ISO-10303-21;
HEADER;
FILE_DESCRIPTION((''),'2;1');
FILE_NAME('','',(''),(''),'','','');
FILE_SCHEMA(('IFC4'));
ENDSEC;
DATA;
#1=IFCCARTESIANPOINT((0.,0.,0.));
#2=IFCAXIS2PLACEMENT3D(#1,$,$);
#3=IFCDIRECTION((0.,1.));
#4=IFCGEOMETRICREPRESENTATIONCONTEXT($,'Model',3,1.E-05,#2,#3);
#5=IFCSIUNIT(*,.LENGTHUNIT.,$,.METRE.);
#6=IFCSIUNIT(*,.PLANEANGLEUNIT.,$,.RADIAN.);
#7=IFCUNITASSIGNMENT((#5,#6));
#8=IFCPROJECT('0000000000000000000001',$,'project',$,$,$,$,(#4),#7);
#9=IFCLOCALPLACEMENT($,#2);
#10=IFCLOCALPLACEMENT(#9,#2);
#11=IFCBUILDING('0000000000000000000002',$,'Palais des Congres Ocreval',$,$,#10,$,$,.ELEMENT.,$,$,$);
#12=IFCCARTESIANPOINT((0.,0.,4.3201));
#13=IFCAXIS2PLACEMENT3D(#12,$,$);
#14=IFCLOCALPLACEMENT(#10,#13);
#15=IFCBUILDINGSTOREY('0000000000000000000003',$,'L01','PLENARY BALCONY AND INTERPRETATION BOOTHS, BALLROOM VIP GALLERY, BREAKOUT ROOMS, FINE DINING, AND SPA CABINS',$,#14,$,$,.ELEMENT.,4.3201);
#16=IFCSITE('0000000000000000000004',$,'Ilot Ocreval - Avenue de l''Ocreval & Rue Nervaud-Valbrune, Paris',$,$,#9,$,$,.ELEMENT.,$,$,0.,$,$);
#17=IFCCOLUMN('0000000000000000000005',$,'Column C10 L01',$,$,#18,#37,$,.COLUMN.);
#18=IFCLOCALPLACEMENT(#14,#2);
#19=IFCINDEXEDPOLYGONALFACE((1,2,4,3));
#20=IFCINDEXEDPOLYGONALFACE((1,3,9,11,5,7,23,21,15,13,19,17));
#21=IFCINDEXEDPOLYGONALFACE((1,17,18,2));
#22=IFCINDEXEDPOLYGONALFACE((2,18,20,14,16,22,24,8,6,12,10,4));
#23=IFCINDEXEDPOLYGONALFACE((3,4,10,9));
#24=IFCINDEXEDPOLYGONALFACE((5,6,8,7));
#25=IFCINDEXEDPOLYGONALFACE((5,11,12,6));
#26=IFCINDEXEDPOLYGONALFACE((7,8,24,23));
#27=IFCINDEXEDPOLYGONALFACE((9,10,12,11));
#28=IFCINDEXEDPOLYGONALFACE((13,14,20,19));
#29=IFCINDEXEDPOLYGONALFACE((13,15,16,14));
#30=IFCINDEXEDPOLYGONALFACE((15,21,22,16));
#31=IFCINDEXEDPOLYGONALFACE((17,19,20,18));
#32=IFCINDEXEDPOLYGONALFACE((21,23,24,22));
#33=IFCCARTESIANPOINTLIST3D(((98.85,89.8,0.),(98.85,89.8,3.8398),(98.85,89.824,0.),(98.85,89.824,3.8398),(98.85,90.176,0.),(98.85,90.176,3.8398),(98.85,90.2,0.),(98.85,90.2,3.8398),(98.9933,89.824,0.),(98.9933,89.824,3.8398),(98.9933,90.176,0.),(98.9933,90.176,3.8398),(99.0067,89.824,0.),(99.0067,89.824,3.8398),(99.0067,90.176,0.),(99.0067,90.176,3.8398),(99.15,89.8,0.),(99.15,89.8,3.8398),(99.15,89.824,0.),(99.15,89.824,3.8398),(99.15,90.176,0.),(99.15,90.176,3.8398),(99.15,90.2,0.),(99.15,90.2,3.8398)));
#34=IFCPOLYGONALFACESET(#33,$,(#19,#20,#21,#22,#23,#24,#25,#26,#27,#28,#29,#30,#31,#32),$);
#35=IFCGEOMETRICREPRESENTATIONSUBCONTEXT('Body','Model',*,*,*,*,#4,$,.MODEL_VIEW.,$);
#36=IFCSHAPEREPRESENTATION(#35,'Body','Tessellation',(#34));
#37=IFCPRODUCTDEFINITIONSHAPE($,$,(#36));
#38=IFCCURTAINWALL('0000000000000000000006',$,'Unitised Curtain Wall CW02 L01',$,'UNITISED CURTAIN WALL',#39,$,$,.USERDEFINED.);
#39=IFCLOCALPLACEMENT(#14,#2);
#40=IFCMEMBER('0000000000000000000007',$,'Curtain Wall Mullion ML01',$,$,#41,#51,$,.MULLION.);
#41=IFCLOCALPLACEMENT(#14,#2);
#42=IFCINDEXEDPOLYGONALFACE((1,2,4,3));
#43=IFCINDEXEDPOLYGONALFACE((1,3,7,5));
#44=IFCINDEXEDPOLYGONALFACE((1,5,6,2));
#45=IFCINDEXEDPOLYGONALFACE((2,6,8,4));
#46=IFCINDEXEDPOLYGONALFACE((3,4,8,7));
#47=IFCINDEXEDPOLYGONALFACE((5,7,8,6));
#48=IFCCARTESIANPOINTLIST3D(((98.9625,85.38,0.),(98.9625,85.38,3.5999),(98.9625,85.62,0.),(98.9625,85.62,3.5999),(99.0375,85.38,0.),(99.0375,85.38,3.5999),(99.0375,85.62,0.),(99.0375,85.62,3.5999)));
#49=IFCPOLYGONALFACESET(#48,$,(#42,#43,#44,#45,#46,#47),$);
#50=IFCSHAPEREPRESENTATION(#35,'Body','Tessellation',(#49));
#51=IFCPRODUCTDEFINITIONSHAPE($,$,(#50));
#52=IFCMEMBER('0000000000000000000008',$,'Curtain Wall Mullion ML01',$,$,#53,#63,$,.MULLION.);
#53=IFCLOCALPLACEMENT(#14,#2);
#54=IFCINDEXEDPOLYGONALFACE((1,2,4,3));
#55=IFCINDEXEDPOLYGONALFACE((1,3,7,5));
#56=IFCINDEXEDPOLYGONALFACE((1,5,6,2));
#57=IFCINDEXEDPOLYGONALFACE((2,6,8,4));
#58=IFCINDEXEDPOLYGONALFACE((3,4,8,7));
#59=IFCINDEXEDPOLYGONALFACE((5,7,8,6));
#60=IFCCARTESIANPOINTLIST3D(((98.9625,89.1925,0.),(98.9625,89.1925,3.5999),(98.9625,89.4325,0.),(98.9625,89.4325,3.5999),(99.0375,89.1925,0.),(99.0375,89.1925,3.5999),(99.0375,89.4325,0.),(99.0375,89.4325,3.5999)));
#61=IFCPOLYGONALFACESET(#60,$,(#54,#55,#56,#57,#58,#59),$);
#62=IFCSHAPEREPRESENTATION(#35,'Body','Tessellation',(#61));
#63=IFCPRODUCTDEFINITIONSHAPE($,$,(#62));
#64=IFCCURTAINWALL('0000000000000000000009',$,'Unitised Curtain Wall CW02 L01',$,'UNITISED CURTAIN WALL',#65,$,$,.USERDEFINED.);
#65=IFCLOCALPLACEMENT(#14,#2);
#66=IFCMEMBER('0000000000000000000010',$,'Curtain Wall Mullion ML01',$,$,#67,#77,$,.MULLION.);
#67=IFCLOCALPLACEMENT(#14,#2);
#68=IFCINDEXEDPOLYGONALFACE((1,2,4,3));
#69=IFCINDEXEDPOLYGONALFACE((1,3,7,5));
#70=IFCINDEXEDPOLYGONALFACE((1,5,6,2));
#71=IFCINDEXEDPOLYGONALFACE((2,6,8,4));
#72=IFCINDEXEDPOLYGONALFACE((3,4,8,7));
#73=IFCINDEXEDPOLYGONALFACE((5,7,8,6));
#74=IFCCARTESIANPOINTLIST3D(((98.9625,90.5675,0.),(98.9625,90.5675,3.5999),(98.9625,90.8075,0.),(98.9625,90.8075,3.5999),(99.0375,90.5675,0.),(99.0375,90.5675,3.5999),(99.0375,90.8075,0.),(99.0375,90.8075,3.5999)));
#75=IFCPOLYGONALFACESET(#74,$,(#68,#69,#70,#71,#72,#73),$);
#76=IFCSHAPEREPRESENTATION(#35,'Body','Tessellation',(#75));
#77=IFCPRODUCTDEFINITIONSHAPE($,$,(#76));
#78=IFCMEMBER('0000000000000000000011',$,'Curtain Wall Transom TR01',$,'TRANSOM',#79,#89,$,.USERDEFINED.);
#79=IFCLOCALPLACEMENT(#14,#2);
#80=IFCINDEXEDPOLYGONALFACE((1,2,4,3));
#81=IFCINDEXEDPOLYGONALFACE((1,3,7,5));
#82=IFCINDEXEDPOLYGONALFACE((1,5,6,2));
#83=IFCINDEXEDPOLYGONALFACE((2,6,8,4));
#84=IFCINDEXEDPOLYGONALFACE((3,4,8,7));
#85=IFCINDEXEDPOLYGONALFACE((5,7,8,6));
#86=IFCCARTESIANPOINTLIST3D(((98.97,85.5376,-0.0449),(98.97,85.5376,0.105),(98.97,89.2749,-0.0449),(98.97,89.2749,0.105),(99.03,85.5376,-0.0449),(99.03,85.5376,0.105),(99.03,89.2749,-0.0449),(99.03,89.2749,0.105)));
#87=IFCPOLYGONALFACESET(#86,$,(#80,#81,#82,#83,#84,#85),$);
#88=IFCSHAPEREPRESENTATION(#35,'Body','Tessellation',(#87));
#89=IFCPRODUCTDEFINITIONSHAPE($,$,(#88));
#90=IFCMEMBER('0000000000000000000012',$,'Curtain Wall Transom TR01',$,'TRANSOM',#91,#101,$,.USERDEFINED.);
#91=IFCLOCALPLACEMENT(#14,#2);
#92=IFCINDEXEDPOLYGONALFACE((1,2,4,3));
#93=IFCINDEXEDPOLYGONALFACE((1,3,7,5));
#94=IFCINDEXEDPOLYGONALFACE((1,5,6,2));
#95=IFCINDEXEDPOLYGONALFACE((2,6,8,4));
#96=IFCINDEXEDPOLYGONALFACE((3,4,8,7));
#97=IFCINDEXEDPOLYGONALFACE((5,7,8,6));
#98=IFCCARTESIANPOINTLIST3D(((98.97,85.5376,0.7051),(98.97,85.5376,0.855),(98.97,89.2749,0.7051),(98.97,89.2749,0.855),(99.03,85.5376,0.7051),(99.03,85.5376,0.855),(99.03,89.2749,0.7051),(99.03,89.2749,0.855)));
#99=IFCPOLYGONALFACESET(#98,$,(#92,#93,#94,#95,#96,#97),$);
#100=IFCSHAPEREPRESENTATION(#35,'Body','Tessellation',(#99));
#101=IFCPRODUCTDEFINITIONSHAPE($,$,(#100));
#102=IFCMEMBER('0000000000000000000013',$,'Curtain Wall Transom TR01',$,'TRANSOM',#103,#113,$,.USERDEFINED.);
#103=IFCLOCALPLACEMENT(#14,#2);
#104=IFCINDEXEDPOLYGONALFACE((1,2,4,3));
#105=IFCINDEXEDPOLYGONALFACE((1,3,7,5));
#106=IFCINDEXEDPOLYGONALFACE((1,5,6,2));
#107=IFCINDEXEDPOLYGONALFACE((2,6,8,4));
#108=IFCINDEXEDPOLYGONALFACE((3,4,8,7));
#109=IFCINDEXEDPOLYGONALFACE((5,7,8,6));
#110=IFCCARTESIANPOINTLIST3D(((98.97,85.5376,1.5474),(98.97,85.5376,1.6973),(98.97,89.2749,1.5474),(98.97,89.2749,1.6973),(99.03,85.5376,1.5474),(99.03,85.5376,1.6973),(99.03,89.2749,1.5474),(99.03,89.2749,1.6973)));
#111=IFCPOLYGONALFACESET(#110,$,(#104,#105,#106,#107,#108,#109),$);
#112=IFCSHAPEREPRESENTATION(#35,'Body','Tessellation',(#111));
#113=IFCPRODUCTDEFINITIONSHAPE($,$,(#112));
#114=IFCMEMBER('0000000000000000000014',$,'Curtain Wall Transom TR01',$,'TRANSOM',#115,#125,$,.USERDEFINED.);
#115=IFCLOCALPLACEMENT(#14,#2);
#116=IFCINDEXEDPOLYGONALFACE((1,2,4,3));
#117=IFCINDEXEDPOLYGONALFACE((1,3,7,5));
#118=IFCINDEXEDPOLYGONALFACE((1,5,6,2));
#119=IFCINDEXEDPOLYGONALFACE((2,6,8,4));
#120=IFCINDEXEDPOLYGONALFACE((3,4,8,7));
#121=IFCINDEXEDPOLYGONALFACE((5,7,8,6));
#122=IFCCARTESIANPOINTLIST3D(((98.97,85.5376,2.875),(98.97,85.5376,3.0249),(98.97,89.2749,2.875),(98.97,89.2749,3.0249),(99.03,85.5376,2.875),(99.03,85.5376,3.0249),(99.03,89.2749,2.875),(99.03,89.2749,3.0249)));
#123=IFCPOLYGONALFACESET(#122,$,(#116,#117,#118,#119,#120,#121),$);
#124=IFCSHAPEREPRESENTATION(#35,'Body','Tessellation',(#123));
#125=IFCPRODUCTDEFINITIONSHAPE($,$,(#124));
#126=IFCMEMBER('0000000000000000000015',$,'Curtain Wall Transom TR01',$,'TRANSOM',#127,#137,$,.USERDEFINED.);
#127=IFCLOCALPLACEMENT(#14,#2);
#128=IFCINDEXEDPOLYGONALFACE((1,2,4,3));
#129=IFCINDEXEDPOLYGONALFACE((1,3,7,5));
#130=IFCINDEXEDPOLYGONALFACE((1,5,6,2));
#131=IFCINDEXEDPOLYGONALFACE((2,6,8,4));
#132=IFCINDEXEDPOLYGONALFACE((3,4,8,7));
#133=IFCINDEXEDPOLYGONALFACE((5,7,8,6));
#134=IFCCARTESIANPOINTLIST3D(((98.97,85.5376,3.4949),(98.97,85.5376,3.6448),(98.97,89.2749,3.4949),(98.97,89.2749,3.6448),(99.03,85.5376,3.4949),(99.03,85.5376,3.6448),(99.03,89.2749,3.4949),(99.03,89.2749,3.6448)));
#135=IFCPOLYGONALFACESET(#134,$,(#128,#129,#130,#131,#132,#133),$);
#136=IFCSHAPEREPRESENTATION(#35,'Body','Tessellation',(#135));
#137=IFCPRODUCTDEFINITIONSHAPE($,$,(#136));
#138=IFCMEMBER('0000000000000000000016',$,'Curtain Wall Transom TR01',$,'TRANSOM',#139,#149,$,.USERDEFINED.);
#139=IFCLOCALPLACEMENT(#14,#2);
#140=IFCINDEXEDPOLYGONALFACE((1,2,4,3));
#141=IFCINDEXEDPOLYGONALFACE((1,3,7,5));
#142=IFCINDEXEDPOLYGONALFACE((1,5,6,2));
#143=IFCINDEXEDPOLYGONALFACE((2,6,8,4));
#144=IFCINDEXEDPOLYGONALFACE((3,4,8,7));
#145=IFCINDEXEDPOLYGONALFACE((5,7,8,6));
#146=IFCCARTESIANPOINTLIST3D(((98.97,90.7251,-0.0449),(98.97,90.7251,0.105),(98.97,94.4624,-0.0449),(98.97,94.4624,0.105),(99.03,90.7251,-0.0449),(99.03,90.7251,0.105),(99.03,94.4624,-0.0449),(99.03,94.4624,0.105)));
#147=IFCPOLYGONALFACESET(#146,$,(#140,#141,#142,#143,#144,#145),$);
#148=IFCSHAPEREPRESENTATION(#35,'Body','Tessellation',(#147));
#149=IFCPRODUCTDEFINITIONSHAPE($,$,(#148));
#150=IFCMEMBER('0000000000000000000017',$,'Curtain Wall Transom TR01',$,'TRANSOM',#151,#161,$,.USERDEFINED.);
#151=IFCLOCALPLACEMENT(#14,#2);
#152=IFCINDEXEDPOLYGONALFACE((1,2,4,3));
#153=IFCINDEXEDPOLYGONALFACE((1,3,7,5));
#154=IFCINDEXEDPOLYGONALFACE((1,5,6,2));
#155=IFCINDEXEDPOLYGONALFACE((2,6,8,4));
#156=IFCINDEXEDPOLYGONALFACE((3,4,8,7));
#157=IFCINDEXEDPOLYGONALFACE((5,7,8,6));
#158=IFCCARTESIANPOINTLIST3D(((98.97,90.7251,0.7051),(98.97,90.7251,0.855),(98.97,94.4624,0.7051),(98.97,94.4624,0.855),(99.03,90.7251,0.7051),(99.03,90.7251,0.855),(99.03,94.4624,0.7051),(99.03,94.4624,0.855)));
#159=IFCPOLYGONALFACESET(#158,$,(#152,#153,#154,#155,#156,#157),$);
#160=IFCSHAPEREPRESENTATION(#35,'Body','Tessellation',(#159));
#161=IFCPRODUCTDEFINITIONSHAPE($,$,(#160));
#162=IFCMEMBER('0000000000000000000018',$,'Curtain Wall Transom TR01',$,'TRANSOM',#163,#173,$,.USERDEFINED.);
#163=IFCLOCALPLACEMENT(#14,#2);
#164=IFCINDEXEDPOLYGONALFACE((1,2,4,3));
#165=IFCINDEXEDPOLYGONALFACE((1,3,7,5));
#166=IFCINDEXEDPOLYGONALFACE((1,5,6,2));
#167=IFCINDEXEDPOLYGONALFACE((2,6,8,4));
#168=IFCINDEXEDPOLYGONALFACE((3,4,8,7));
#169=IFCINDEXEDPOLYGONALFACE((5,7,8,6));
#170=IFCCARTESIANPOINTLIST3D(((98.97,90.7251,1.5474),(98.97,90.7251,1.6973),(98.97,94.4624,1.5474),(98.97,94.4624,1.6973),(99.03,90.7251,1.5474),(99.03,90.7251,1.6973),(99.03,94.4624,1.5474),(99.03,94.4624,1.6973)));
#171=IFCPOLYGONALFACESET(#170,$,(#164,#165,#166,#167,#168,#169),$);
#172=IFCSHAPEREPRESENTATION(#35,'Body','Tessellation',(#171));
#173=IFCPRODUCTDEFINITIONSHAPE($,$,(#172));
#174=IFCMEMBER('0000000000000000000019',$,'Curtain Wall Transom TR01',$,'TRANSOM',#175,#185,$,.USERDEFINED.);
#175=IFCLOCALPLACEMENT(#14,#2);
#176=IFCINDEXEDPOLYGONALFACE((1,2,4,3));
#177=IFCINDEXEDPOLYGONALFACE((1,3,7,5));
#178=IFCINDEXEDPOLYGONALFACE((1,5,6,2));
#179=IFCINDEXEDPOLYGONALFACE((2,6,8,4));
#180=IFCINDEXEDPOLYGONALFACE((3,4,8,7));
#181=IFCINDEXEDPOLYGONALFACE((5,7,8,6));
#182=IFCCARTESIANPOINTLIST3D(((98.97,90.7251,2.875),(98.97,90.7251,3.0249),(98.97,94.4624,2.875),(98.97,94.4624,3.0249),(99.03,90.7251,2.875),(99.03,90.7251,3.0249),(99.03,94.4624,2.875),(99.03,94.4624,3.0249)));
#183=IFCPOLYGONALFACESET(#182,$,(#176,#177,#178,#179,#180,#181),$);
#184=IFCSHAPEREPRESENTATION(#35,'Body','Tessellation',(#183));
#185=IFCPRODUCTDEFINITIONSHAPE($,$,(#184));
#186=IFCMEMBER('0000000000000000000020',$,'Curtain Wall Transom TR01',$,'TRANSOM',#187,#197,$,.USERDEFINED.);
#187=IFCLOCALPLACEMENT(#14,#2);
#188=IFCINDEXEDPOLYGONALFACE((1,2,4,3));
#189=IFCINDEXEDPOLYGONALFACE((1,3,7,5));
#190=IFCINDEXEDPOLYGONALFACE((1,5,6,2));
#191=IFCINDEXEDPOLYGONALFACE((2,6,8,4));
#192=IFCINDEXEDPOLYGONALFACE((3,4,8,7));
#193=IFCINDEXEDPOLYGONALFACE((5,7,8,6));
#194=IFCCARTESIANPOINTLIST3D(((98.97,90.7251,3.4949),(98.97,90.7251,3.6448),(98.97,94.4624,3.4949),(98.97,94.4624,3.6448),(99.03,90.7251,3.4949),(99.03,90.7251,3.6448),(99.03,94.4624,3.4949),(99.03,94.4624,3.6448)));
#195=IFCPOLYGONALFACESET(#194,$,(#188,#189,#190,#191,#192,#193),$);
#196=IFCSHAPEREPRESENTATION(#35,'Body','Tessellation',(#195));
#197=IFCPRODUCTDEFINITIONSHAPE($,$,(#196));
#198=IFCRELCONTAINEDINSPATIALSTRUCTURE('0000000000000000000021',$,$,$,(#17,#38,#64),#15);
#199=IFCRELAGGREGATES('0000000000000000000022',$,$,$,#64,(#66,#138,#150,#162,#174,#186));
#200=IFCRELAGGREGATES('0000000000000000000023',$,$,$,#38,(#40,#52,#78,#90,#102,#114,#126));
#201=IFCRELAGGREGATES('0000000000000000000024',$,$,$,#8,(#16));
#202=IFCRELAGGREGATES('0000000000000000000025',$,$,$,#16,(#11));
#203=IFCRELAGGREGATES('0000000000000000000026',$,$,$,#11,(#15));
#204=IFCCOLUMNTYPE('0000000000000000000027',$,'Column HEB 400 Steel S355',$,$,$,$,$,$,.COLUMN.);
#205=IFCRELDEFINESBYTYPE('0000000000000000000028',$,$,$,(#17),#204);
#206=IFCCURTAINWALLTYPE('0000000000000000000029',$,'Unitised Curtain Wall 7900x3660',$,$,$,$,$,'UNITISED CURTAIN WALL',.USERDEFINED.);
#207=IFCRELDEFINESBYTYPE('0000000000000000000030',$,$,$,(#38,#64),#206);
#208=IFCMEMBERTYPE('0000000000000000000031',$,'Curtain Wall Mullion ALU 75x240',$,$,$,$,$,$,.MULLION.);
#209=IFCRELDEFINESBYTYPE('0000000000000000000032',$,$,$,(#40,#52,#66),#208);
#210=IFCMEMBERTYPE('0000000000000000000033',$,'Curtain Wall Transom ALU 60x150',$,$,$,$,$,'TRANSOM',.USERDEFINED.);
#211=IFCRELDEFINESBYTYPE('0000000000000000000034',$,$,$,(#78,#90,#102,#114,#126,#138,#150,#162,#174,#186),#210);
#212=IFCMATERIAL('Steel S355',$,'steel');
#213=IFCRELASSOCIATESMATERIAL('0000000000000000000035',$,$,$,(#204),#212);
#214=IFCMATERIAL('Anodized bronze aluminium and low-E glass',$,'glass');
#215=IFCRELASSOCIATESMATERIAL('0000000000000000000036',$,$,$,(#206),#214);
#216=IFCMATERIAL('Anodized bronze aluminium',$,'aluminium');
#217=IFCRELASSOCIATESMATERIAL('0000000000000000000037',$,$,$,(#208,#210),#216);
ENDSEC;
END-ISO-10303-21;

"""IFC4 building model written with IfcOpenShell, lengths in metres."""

from ifc_helpers import new_model, si_unit, direction, frame, origin, origin_2d, place, context, subcontext, project, spatial, rectangle, i_section, extrude, material, material_profile, profile_set, type_object, element, aggregate, save


model = new_model("IFC4")

# Units and contexts
model_context = context("Model", 3, precision=1e-05, world=origin(), true_north=direction((0.0, 1.0)))
body_context = subcontext(model_context, "Body", "Model", "MODEL_VIEW")
ifc_project = project(units=[si_unit("LENGTHUNIT", "METRE"), si_unit("PLANEANGLEUNIT", "RADIAN")], contexts=[model_context])

# Site, building, storey
site_placement = place(None, origin())
site = spatial("IfcSite", under=ifc_project, at=site_placement, Name="Ilot Ocreval - Avenue de l'Ocreval & Rue Nervaud-Valbrune, Paris", CompositionType="ELEMENT", RefElevation=0.0)
building_placement = place(site_placement, origin())
building = spatial("IfcBuilding", under=site, at=building_placement, Name="Palais des Congres Ocreval", CompositionType="ELEMENT")
storey_placement = place(building_placement, frame((0.0, 0.0, 4.3201)))
storey = spatial("IfcBuildingStorey", under=building, at=storey_placement, Name="L01", Description="PLENARY BALCONY AND INTERPRETATION BOOTHS, BALLROOM VIP GALLERY, BREAKOUT ROOMS, FINE DINING, AND SPA CABINS", CompositionType="ELEMENT", Elevation=4.3201)

# Column
ifc_material_1 = material(Name="Steel S355", Category="steel")
ifc_material_profile_1 = material_profile(ifc_material_1, i_section(OverallWidth=0.3, OverallDepth=0.3999, WebThickness=0.0134, FlangeThickness=0.0239, at=origin_2d()), Name="HEB 400")
ifc_profile_set_1 = profile_set([ifc_material_profile_1], Name="Steel S355")
column_type = type_object("IfcColumnType", Name="Column HEB 400 Steel S355", PredefinedType="COLUMN", material=ifc_profile_set_1)
column_placement = place(storey_placement, frame((99.0, 90.0, 0.0), z_axis=(0.0, 0.0, 1.0), x_axis=(1.0, 0.0, 0.0)))
element("IfcColumn", 1, at=column_placement, inside=storey, type_object=column_type, Name="Column C10 L01", PredefinedType="COLUMN", context=body_context, shape_type="SweptSolid", body=[
    extrude(i_section(OverallWidth=0.3, OverallDepth=0.3999, WebThickness=0.0134, FlangeThickness=0.0239, at=origin_2d()), origin(), (0.0, 0.0, 1.0), 3.8398),
])

# Curtain wall, members
ifc_material_2 = material(Name="Anodized bronze aluminium and low-E glass", Category="glass")
curtain_wall_type = type_object("IfcCurtainWallType", Name="Unitised Curtain Wall 7900x3660", ElementType="UNITISED CURTAIN WALL", PredefinedType="USERDEFINED", material=ifc_material_2)
curtain_wall_1_placement = place(storey_placement, origin())
curtain_wall_1 = element("IfcCurtainWall", 2, at=curtain_wall_1_placement, inside=storey, type_object=curtain_wall_type, Name="Unitised Curtain Wall CW02 L01", ObjectType="UNITISED CURTAIN WALL", PredefinedType="USERDEFINED")
ifc_material_3 = material(Name="Anodized bronze aluminium", Category="aluminium")
ifc_material_profile_2 = material_profile(ifc_material_3, rectangle(XDim=0.075, YDim=0.24, at=origin_2d()), Name="ALU 75x240")
ifc_profile_set_2 = profile_set([ifc_material_profile_2], Name="Anodized bronze aluminium")
member_type_1 = type_object("IfcMemberType", Name="Curtain Wall Mullion ALU 75x240", PredefinedType="MULLION", material=ifc_profile_set_2)
member_1_placement = place(storey_placement, frame((99.0, 85.5, 0.0), z_axis=(0.0, 0.0, 1.0), x_axis=(-1.0, 0.0, 0.0)))
member_1 = element("IfcMember", 3, at=member_1_placement, type_object=member_type_1, Name="Curtain Wall Mullion ML01", PredefinedType="MULLION", context=body_context, shape_type="SweptSolid", body=[
    extrude(rectangle(XDim=0.075, YDim=0.24, at=origin_2d()), origin(), (0.0, 0.0, 1.0), 3.5999),
])
member_2_placement = place(storey_placement, frame((99.0, 89.3125, 0.0), z_axis=(0.0, 0.0, 1.0), x_axis=(-1.0, 0.0, 0.0)))
member_2 = element("IfcMember", 4, at=member_2_placement, type_object=member_type_1, Name="Curtain Wall Mullion ML01", PredefinedType="MULLION", context=body_context, shape_type="SweptSolid", body=[
    extrude(rectangle(XDim=0.075, YDim=0.24, at=origin_2d()), origin(), (0.0, 0.0, 1.0), 3.5999),
])

# Curtain wall, member
curtain_wall_2_placement = place(storey_placement, origin())
curtain_wall_2 = element("IfcCurtainWall", 5, at=curtain_wall_2_placement, inside=storey, type_object=curtain_wall_type, Name="Unitised Curtain Wall CW02 L01", ObjectType="UNITISED CURTAIN WALL", PredefinedType="USERDEFINED")
member_3_placement = place(storey_placement, frame((99.0, 90.6875, 0.0), z_axis=(0.0, 0.0, 1.0), x_axis=(-1.0, 0.0, 0.0)))
member_3 = element("IfcMember", 6, at=member_3_placement, type_object=member_type_1, Name="Curtain Wall Mullion ML01", PredefinedType="MULLION", context=body_context, shape_type="SweptSolid", body=[
    extrude(rectangle(XDim=0.075, YDim=0.24, at=origin_2d()), origin(), (0.0, 0.0, 1.0), 3.5999),
])

# Members
ifc_material_profile_3 = material_profile(ifc_material_3, rectangle(XDim=0.0601, YDim=0.1499, at=origin_2d()), Name="ALU 60x150")
ifc_profile_set_3 = profile_set([ifc_material_profile_3], Name="Anodized bronze aluminium")
member_type_2 = type_object("IfcMemberType", Name="Curtain Wall Transom ALU 60x150", ElementType="TRANSOM", PredefinedType="USERDEFINED", material=ifc_profile_set_3)
member_4_placement = place(storey_placement, frame((99.0, 85.5376, 0.03), z_axis=(0.0, 1.0, 0.0), x_axis=(-1.0, 0.0, 0.0)))
member_4 = element("IfcMember", 7, at=member_4_placement, type_object=member_type_2, Name="Curtain Wall Transom TR01", ObjectType="TRANSOM", PredefinedType="USERDEFINED", context=body_context, shape_type="SweptSolid", body=[
    extrude(rectangle(XDim=0.0601, YDim=0.1499, at=origin_2d()), origin(), (0.0, 0.0, 1.0), 3.7373),
])
member_5_placement = place(storey_placement, frame((99.0, 85.5376, 0.78), z_axis=(0.0, 1.0, 0.0), x_axis=(-1.0, 0.0, 0.0)))
member_5 = element("IfcMember", 8, at=member_5_placement, type_object=member_type_2, Name="Curtain Wall Transom TR01", ObjectType="TRANSOM", PredefinedType="USERDEFINED", context=body_context, shape_type="SweptSolid", body=[
    extrude(rectangle(XDim=0.0601, YDim=0.1499, at=origin_2d()), origin(), (0.0, 0.0, 1.0), 3.7373),
])
member_6_placement = place(storey_placement, frame((99.0, 85.5376, 1.6223), z_axis=(0.0, 1.0, 0.0), x_axis=(-1.0, 0.0, 0.0)))
member_6 = element("IfcMember", 9, at=member_6_placement, type_object=member_type_2, Name="Curtain Wall Transom TR01", ObjectType="TRANSOM", PredefinedType="USERDEFINED", context=body_context, shape_type="SweptSolid", body=[
    extrude(rectangle(XDim=0.0601, YDim=0.1499, at=origin_2d()), origin(), (0.0, 0.0, 1.0), 3.7373),
])
member_7_placement = place(storey_placement, frame((99.0, 85.5376, 2.95), z_axis=(0.0, 1.0, 0.0), x_axis=(-1.0, 0.0, 0.0)))
member_7 = element("IfcMember", 10, at=member_7_placement, type_object=member_type_2, Name="Curtain Wall Transom TR01", ObjectType="TRANSOM", PredefinedType="USERDEFINED", context=body_context, shape_type="SweptSolid", body=[
    extrude(rectangle(XDim=0.0601, YDim=0.1499, at=origin_2d()), origin(), (0.0, 0.0, 1.0), 3.7373),
])
member_8_placement = place(storey_placement, frame((99.0, 85.5376, 3.5698), z_axis=(0.0, 1.0, 0.0), x_axis=(-1.0, 0.0, 0.0)))
member_8 = element("IfcMember", 11, at=member_8_placement, type_object=member_type_2, Name="Curtain Wall Transom TR01", ObjectType="TRANSOM", PredefinedType="USERDEFINED", context=body_context, shape_type="SweptSolid", body=[
    extrude(rectangle(XDim=0.0601, YDim=0.1499, at=origin_2d()), origin(), (0.0, 0.0, 1.0), 3.7373),
])
member_9_placement = place(storey_placement, frame((99.0, 90.7251, 0.03), z_axis=(0.0, 1.0, 0.0), x_axis=(-1.0, 0.0, 0.0)))
member_9 = element("IfcMember", 12, at=member_9_placement, type_object=member_type_2, Name="Curtain Wall Transom TR01", ObjectType="TRANSOM", PredefinedType="USERDEFINED", context=body_context, shape_type="SweptSolid", body=[
    extrude(rectangle(XDim=0.0601, YDim=0.1499, at=origin_2d()), origin(), (0.0, 0.0, 1.0), 3.7373),
])
member_10_placement = place(storey_placement, frame((99.0, 90.7251, 0.78), z_axis=(0.0, 1.0, 0.0), x_axis=(-1.0, 0.0, 0.0)))
member_10 = element("IfcMember", 13, at=member_10_placement, type_object=member_type_2, Name="Curtain Wall Transom TR01", ObjectType="TRANSOM", PredefinedType="USERDEFINED", context=body_context, shape_type="SweptSolid", body=[
    extrude(rectangle(XDim=0.0601, YDim=0.1499, at=origin_2d()), origin(), (0.0, 0.0, 1.0), 3.7373),
])
member_11_placement = place(storey_placement, frame((99.0, 90.7251, 1.6223), z_axis=(0.0, 1.0, 0.0), x_axis=(-1.0, 0.0, 0.0)))
member_11 = element("IfcMember", 14, at=member_11_placement, type_object=member_type_2, Name="Curtain Wall Transom TR01", ObjectType="TRANSOM", PredefinedType="USERDEFINED", context=body_context, shape_type="SweptSolid", body=[
    extrude(rectangle(XDim=0.0601, YDim=0.1499, at=origin_2d()), origin(), (0.0, 0.0, 1.0), 3.7373),
])
member_12_placement = place(storey_placement, frame((99.0, 90.7251, 2.95), z_axis=(0.0, 1.0, 0.0), x_axis=(-1.0, 0.0, 0.0)))
member_12 = element("IfcMember", 15, at=member_12_placement, type_object=member_type_2, Name="Curtain Wall Transom TR01", ObjectType="TRANSOM", PredefinedType="USERDEFINED", context=body_context, shape_type="SweptSolid", body=[
    extrude(rectangle(XDim=0.0601, YDim=0.1499, at=origin_2d()), origin(), (0.0, 0.0, 1.0), 3.7373),
])
member_13_placement = place(storey_placement, frame((99.0, 90.7251, 3.5698), z_axis=(0.0, 1.0, 0.0), x_axis=(-1.0, 0.0, 0.0)))
member_13 = element("IfcMember", 16, at=member_13_placement, type_object=member_type_2, Name="Curtain Wall Transom TR01", ObjectType="TRANSOM", PredefinedType="USERDEFINED", context=body_context, shape_type="SweptSolid", body=[
    extrude(rectangle(XDim=0.0601, YDim=0.1499, at=origin_2d()), origin(), (0.0, 0.0, 1.0), 3.7373),
])
aggregate(curtain_wall_2, [member_3, member_9, member_10, member_11, member_12, member_13])

aggregate(curtain_wall_1, [member_1, member_2, member_4, member_5, member_6, member_7, member_8])

save(model, "model.ifc")
